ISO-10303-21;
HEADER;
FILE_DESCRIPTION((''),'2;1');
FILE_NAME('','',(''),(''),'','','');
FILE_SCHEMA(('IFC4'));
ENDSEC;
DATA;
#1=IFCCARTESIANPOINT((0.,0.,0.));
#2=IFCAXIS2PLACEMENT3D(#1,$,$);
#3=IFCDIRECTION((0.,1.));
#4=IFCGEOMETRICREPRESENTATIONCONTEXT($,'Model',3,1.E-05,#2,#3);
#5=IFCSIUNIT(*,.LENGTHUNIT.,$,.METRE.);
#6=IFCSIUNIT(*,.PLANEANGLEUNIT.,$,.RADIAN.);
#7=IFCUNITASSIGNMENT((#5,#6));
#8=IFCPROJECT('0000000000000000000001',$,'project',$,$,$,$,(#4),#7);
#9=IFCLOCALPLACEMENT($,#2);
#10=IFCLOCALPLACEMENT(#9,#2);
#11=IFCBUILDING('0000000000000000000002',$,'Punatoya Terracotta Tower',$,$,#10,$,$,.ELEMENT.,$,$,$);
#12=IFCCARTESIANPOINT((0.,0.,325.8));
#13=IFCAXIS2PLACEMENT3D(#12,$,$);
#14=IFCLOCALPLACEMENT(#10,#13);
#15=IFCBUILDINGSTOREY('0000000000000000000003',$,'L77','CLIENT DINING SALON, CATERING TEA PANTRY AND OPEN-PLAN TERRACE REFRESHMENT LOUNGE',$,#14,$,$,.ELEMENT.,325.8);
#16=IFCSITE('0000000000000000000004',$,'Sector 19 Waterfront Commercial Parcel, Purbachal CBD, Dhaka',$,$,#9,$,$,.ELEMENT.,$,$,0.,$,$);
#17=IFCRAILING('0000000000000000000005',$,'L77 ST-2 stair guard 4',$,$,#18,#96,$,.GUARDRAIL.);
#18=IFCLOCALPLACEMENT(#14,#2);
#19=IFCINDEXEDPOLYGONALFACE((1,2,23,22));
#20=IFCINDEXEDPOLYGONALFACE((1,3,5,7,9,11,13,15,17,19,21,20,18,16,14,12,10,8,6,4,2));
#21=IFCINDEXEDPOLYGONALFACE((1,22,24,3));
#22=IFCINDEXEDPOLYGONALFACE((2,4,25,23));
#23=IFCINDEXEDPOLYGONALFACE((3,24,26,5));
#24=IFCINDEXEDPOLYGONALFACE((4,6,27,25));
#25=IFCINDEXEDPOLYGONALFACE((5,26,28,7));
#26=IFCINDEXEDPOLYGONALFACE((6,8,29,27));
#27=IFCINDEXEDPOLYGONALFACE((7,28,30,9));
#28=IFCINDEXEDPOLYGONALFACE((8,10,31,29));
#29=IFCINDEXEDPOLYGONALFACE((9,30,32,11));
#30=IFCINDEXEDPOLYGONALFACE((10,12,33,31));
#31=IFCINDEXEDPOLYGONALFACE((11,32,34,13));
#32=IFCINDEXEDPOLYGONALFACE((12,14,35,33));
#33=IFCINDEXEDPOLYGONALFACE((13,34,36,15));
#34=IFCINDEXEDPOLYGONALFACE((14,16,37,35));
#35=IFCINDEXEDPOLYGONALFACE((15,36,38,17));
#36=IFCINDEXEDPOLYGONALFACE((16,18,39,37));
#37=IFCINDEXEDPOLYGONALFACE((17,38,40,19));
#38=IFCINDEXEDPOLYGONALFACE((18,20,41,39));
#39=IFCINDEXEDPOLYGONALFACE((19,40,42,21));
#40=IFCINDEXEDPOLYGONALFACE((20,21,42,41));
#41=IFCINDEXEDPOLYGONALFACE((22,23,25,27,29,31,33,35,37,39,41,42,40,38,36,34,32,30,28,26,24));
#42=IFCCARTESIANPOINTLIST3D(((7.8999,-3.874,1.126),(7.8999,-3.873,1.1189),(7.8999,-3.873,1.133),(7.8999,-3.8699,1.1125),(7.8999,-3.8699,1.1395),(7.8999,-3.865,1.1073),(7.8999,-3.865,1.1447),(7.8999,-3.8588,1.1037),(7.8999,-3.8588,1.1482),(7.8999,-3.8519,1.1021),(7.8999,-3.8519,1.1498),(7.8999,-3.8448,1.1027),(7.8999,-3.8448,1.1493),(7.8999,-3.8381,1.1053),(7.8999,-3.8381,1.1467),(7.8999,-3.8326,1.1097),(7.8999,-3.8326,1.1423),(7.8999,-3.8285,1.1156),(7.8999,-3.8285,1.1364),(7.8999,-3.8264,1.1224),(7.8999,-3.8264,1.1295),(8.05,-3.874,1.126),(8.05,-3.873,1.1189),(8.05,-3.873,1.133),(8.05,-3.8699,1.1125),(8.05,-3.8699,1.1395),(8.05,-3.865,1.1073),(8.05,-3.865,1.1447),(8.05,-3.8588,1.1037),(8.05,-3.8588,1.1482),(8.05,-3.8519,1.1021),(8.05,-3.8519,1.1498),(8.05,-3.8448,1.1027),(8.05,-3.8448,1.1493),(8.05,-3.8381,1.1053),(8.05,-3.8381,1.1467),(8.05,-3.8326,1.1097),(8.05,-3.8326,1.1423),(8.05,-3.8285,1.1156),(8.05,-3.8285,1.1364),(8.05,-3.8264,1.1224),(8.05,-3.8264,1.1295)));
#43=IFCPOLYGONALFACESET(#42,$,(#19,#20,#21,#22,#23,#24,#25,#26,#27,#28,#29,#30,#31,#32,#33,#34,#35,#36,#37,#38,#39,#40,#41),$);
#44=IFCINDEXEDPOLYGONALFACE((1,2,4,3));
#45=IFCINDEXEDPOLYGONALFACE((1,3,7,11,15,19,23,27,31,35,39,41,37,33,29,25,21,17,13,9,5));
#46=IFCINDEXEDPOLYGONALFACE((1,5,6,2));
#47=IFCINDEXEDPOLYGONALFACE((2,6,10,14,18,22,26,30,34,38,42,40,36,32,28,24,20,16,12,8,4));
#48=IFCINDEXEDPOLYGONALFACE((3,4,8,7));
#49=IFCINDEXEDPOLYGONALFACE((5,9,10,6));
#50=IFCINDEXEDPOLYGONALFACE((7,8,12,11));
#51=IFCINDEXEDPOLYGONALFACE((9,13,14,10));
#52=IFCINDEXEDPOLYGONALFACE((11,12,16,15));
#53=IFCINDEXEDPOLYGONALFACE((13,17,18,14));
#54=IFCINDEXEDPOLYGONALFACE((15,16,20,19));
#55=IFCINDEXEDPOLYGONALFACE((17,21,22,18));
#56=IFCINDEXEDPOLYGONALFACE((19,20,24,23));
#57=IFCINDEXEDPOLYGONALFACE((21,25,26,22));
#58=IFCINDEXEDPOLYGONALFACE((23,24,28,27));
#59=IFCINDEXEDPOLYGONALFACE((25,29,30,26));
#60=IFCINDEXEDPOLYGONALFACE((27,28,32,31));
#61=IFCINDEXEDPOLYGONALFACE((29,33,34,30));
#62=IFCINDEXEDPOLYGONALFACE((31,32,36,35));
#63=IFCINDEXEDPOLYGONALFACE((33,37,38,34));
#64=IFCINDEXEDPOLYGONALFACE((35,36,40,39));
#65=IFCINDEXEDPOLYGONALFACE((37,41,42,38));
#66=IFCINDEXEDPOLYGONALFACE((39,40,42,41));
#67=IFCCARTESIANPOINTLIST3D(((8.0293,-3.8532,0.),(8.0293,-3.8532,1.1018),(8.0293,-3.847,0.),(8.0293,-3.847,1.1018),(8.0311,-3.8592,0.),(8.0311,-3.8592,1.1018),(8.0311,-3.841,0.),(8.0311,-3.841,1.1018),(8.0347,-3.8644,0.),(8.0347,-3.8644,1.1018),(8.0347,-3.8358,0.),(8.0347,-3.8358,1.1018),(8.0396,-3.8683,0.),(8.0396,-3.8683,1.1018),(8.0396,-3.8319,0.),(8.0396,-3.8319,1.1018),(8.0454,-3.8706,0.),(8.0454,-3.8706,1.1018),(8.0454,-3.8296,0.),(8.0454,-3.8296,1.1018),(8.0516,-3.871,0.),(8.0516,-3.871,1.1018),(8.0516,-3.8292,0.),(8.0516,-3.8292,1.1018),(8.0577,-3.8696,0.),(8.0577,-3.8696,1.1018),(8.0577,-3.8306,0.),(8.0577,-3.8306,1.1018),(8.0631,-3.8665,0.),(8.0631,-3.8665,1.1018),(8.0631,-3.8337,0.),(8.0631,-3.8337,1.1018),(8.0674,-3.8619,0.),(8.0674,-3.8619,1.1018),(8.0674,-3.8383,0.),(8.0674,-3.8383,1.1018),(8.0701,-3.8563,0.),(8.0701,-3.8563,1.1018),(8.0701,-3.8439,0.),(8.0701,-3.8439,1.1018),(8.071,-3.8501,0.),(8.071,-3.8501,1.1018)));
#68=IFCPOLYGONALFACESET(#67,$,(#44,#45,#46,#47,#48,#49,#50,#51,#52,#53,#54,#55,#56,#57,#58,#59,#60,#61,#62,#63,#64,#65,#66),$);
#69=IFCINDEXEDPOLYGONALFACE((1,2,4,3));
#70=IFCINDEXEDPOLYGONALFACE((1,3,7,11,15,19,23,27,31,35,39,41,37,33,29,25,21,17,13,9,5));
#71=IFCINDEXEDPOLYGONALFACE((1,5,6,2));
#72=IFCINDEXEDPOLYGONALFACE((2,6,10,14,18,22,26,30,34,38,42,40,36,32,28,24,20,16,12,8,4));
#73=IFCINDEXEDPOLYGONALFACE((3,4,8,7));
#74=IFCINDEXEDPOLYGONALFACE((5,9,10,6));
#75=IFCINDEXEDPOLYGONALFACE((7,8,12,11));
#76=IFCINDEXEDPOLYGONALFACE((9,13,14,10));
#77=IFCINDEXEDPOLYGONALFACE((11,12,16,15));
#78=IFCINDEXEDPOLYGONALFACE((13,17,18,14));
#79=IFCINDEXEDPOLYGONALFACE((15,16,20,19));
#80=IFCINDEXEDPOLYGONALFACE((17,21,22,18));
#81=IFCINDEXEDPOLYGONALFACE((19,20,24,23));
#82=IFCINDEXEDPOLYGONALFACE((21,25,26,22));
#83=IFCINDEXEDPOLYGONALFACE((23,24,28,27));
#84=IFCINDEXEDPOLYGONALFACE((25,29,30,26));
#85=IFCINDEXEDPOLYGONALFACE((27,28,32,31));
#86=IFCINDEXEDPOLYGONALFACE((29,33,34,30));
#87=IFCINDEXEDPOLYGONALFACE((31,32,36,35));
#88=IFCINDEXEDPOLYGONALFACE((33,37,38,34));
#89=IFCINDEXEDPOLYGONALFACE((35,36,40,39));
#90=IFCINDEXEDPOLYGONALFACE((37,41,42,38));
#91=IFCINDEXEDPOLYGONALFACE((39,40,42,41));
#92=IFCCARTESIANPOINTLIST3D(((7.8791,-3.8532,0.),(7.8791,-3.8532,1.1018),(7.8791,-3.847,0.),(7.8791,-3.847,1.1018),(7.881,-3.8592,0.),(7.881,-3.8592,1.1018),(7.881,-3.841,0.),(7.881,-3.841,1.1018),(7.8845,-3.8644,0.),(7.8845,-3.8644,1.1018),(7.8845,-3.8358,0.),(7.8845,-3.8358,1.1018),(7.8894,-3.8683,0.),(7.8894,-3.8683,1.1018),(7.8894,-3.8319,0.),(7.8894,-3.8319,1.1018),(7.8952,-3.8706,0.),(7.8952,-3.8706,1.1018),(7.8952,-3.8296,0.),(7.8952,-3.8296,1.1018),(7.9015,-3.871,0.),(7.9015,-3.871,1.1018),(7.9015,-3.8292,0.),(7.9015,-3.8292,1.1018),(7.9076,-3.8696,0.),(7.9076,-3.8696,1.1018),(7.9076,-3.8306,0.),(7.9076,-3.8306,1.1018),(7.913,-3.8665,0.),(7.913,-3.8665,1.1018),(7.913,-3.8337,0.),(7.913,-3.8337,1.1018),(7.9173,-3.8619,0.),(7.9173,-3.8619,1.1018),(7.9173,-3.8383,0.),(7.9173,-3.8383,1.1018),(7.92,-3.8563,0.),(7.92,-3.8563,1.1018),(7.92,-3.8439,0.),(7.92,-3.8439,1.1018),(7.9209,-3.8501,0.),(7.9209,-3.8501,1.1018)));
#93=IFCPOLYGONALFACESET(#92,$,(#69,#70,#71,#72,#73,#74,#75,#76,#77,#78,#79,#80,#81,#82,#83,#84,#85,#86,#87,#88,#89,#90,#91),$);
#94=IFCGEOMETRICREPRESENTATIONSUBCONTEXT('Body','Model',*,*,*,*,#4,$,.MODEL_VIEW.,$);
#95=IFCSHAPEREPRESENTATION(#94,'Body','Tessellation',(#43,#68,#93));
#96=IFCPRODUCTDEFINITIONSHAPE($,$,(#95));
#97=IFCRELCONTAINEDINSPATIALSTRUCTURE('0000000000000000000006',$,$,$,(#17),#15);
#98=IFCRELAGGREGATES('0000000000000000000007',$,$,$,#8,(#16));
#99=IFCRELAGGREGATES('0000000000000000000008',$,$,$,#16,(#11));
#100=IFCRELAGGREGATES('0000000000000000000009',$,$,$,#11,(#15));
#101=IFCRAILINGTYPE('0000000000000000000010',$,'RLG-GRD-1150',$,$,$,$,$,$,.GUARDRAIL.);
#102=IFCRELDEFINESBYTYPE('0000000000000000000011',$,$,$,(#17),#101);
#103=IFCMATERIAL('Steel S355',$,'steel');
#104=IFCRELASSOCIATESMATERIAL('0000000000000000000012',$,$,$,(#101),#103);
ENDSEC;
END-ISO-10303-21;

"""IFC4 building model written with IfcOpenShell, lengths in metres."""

from ifc_helpers import new_model, si_unit, direction, frame, origin, origin_2d, place, context, subcontext, project, spatial, circle, extrude, material, type_object, element, save


model = new_model("IFC4")

# Units and contexts
model_context = context("Model", 3, precision=1e-05, world=origin(), true_north=direction((0.0, 1.0)))
body_context = subcontext(model_context, "Body", "Model", "MODEL_VIEW")
ifc_project = project(units=[si_unit("LENGTHUNIT", "METRE"), si_unit("PLANEANGLEUNIT", "RADIAN")], contexts=[model_context])

# Site, building, storey
site_placement = place(None, origin())
site = spatial("IfcSite", under=ifc_project, at=site_placement, Name="Sector 19 Waterfront Commercial Parcel, Purbachal CBD, Dhaka", CompositionType="ELEMENT", RefElevation=0.0)
building_placement = place(site_placement, origin())
building = spatial("IfcBuilding", under=site, at=building_placement, Name="Punatoya Terracotta Tower", CompositionType="ELEMENT")
storey_placement = place(building_placement, frame((0.0, 0.0, 325.8)))
storey = spatial("IfcBuildingStorey", under=building, at=storey_placement, Name="L77", Description="CLIENT DINING SALON, CATERING TEA PANTRY AND OPEN-PLAN TERRACE REFRESHMENT LOUNGE", CompositionType="ELEMENT", Elevation=325.8)

# Shared definitions
ifc_material_1 = material(Name="Steel S355", Category="steel")

# Railing
railing_type_1 = type_object("IfcRailingType", Name="RLG-GRD-1150", PredefinedType="GUARDRAIL", material=ifc_material_1)
railing_1_placement = place(storey_placement, frame((8.05, -3.8501, 0.0)))
element("IfcRailing", 1, at=railing_1_placement, inside=storey, type_object=railing_type_1, Name="L77 ST-2 stair guard 4", PredefinedType="GUARDRAIL", context=body_context, shape_type="SweptSolid", body=[
    extrude(circle(Radius=0.0239, at=origin_2d()), frame((0.0, 0.0, 1.126), z_axis=(-1.0, 0.0, 0.0), x_axis=(0.0, -1.0, 0.0)), (0.0, 0.0, 1.0), 0.1501),
    extrude(circle(Radius=0.021, at=origin_2d()), origin(), (0.0, 0.0, 1.0), 1.1018),
    extrude(circle(Radius=0.021, at=origin_2d()), frame((-0.1501, 0.0, 0.0)), (0.0, 0.0, 1.0), 1.1018),
])

save(model, "model.ifc")
